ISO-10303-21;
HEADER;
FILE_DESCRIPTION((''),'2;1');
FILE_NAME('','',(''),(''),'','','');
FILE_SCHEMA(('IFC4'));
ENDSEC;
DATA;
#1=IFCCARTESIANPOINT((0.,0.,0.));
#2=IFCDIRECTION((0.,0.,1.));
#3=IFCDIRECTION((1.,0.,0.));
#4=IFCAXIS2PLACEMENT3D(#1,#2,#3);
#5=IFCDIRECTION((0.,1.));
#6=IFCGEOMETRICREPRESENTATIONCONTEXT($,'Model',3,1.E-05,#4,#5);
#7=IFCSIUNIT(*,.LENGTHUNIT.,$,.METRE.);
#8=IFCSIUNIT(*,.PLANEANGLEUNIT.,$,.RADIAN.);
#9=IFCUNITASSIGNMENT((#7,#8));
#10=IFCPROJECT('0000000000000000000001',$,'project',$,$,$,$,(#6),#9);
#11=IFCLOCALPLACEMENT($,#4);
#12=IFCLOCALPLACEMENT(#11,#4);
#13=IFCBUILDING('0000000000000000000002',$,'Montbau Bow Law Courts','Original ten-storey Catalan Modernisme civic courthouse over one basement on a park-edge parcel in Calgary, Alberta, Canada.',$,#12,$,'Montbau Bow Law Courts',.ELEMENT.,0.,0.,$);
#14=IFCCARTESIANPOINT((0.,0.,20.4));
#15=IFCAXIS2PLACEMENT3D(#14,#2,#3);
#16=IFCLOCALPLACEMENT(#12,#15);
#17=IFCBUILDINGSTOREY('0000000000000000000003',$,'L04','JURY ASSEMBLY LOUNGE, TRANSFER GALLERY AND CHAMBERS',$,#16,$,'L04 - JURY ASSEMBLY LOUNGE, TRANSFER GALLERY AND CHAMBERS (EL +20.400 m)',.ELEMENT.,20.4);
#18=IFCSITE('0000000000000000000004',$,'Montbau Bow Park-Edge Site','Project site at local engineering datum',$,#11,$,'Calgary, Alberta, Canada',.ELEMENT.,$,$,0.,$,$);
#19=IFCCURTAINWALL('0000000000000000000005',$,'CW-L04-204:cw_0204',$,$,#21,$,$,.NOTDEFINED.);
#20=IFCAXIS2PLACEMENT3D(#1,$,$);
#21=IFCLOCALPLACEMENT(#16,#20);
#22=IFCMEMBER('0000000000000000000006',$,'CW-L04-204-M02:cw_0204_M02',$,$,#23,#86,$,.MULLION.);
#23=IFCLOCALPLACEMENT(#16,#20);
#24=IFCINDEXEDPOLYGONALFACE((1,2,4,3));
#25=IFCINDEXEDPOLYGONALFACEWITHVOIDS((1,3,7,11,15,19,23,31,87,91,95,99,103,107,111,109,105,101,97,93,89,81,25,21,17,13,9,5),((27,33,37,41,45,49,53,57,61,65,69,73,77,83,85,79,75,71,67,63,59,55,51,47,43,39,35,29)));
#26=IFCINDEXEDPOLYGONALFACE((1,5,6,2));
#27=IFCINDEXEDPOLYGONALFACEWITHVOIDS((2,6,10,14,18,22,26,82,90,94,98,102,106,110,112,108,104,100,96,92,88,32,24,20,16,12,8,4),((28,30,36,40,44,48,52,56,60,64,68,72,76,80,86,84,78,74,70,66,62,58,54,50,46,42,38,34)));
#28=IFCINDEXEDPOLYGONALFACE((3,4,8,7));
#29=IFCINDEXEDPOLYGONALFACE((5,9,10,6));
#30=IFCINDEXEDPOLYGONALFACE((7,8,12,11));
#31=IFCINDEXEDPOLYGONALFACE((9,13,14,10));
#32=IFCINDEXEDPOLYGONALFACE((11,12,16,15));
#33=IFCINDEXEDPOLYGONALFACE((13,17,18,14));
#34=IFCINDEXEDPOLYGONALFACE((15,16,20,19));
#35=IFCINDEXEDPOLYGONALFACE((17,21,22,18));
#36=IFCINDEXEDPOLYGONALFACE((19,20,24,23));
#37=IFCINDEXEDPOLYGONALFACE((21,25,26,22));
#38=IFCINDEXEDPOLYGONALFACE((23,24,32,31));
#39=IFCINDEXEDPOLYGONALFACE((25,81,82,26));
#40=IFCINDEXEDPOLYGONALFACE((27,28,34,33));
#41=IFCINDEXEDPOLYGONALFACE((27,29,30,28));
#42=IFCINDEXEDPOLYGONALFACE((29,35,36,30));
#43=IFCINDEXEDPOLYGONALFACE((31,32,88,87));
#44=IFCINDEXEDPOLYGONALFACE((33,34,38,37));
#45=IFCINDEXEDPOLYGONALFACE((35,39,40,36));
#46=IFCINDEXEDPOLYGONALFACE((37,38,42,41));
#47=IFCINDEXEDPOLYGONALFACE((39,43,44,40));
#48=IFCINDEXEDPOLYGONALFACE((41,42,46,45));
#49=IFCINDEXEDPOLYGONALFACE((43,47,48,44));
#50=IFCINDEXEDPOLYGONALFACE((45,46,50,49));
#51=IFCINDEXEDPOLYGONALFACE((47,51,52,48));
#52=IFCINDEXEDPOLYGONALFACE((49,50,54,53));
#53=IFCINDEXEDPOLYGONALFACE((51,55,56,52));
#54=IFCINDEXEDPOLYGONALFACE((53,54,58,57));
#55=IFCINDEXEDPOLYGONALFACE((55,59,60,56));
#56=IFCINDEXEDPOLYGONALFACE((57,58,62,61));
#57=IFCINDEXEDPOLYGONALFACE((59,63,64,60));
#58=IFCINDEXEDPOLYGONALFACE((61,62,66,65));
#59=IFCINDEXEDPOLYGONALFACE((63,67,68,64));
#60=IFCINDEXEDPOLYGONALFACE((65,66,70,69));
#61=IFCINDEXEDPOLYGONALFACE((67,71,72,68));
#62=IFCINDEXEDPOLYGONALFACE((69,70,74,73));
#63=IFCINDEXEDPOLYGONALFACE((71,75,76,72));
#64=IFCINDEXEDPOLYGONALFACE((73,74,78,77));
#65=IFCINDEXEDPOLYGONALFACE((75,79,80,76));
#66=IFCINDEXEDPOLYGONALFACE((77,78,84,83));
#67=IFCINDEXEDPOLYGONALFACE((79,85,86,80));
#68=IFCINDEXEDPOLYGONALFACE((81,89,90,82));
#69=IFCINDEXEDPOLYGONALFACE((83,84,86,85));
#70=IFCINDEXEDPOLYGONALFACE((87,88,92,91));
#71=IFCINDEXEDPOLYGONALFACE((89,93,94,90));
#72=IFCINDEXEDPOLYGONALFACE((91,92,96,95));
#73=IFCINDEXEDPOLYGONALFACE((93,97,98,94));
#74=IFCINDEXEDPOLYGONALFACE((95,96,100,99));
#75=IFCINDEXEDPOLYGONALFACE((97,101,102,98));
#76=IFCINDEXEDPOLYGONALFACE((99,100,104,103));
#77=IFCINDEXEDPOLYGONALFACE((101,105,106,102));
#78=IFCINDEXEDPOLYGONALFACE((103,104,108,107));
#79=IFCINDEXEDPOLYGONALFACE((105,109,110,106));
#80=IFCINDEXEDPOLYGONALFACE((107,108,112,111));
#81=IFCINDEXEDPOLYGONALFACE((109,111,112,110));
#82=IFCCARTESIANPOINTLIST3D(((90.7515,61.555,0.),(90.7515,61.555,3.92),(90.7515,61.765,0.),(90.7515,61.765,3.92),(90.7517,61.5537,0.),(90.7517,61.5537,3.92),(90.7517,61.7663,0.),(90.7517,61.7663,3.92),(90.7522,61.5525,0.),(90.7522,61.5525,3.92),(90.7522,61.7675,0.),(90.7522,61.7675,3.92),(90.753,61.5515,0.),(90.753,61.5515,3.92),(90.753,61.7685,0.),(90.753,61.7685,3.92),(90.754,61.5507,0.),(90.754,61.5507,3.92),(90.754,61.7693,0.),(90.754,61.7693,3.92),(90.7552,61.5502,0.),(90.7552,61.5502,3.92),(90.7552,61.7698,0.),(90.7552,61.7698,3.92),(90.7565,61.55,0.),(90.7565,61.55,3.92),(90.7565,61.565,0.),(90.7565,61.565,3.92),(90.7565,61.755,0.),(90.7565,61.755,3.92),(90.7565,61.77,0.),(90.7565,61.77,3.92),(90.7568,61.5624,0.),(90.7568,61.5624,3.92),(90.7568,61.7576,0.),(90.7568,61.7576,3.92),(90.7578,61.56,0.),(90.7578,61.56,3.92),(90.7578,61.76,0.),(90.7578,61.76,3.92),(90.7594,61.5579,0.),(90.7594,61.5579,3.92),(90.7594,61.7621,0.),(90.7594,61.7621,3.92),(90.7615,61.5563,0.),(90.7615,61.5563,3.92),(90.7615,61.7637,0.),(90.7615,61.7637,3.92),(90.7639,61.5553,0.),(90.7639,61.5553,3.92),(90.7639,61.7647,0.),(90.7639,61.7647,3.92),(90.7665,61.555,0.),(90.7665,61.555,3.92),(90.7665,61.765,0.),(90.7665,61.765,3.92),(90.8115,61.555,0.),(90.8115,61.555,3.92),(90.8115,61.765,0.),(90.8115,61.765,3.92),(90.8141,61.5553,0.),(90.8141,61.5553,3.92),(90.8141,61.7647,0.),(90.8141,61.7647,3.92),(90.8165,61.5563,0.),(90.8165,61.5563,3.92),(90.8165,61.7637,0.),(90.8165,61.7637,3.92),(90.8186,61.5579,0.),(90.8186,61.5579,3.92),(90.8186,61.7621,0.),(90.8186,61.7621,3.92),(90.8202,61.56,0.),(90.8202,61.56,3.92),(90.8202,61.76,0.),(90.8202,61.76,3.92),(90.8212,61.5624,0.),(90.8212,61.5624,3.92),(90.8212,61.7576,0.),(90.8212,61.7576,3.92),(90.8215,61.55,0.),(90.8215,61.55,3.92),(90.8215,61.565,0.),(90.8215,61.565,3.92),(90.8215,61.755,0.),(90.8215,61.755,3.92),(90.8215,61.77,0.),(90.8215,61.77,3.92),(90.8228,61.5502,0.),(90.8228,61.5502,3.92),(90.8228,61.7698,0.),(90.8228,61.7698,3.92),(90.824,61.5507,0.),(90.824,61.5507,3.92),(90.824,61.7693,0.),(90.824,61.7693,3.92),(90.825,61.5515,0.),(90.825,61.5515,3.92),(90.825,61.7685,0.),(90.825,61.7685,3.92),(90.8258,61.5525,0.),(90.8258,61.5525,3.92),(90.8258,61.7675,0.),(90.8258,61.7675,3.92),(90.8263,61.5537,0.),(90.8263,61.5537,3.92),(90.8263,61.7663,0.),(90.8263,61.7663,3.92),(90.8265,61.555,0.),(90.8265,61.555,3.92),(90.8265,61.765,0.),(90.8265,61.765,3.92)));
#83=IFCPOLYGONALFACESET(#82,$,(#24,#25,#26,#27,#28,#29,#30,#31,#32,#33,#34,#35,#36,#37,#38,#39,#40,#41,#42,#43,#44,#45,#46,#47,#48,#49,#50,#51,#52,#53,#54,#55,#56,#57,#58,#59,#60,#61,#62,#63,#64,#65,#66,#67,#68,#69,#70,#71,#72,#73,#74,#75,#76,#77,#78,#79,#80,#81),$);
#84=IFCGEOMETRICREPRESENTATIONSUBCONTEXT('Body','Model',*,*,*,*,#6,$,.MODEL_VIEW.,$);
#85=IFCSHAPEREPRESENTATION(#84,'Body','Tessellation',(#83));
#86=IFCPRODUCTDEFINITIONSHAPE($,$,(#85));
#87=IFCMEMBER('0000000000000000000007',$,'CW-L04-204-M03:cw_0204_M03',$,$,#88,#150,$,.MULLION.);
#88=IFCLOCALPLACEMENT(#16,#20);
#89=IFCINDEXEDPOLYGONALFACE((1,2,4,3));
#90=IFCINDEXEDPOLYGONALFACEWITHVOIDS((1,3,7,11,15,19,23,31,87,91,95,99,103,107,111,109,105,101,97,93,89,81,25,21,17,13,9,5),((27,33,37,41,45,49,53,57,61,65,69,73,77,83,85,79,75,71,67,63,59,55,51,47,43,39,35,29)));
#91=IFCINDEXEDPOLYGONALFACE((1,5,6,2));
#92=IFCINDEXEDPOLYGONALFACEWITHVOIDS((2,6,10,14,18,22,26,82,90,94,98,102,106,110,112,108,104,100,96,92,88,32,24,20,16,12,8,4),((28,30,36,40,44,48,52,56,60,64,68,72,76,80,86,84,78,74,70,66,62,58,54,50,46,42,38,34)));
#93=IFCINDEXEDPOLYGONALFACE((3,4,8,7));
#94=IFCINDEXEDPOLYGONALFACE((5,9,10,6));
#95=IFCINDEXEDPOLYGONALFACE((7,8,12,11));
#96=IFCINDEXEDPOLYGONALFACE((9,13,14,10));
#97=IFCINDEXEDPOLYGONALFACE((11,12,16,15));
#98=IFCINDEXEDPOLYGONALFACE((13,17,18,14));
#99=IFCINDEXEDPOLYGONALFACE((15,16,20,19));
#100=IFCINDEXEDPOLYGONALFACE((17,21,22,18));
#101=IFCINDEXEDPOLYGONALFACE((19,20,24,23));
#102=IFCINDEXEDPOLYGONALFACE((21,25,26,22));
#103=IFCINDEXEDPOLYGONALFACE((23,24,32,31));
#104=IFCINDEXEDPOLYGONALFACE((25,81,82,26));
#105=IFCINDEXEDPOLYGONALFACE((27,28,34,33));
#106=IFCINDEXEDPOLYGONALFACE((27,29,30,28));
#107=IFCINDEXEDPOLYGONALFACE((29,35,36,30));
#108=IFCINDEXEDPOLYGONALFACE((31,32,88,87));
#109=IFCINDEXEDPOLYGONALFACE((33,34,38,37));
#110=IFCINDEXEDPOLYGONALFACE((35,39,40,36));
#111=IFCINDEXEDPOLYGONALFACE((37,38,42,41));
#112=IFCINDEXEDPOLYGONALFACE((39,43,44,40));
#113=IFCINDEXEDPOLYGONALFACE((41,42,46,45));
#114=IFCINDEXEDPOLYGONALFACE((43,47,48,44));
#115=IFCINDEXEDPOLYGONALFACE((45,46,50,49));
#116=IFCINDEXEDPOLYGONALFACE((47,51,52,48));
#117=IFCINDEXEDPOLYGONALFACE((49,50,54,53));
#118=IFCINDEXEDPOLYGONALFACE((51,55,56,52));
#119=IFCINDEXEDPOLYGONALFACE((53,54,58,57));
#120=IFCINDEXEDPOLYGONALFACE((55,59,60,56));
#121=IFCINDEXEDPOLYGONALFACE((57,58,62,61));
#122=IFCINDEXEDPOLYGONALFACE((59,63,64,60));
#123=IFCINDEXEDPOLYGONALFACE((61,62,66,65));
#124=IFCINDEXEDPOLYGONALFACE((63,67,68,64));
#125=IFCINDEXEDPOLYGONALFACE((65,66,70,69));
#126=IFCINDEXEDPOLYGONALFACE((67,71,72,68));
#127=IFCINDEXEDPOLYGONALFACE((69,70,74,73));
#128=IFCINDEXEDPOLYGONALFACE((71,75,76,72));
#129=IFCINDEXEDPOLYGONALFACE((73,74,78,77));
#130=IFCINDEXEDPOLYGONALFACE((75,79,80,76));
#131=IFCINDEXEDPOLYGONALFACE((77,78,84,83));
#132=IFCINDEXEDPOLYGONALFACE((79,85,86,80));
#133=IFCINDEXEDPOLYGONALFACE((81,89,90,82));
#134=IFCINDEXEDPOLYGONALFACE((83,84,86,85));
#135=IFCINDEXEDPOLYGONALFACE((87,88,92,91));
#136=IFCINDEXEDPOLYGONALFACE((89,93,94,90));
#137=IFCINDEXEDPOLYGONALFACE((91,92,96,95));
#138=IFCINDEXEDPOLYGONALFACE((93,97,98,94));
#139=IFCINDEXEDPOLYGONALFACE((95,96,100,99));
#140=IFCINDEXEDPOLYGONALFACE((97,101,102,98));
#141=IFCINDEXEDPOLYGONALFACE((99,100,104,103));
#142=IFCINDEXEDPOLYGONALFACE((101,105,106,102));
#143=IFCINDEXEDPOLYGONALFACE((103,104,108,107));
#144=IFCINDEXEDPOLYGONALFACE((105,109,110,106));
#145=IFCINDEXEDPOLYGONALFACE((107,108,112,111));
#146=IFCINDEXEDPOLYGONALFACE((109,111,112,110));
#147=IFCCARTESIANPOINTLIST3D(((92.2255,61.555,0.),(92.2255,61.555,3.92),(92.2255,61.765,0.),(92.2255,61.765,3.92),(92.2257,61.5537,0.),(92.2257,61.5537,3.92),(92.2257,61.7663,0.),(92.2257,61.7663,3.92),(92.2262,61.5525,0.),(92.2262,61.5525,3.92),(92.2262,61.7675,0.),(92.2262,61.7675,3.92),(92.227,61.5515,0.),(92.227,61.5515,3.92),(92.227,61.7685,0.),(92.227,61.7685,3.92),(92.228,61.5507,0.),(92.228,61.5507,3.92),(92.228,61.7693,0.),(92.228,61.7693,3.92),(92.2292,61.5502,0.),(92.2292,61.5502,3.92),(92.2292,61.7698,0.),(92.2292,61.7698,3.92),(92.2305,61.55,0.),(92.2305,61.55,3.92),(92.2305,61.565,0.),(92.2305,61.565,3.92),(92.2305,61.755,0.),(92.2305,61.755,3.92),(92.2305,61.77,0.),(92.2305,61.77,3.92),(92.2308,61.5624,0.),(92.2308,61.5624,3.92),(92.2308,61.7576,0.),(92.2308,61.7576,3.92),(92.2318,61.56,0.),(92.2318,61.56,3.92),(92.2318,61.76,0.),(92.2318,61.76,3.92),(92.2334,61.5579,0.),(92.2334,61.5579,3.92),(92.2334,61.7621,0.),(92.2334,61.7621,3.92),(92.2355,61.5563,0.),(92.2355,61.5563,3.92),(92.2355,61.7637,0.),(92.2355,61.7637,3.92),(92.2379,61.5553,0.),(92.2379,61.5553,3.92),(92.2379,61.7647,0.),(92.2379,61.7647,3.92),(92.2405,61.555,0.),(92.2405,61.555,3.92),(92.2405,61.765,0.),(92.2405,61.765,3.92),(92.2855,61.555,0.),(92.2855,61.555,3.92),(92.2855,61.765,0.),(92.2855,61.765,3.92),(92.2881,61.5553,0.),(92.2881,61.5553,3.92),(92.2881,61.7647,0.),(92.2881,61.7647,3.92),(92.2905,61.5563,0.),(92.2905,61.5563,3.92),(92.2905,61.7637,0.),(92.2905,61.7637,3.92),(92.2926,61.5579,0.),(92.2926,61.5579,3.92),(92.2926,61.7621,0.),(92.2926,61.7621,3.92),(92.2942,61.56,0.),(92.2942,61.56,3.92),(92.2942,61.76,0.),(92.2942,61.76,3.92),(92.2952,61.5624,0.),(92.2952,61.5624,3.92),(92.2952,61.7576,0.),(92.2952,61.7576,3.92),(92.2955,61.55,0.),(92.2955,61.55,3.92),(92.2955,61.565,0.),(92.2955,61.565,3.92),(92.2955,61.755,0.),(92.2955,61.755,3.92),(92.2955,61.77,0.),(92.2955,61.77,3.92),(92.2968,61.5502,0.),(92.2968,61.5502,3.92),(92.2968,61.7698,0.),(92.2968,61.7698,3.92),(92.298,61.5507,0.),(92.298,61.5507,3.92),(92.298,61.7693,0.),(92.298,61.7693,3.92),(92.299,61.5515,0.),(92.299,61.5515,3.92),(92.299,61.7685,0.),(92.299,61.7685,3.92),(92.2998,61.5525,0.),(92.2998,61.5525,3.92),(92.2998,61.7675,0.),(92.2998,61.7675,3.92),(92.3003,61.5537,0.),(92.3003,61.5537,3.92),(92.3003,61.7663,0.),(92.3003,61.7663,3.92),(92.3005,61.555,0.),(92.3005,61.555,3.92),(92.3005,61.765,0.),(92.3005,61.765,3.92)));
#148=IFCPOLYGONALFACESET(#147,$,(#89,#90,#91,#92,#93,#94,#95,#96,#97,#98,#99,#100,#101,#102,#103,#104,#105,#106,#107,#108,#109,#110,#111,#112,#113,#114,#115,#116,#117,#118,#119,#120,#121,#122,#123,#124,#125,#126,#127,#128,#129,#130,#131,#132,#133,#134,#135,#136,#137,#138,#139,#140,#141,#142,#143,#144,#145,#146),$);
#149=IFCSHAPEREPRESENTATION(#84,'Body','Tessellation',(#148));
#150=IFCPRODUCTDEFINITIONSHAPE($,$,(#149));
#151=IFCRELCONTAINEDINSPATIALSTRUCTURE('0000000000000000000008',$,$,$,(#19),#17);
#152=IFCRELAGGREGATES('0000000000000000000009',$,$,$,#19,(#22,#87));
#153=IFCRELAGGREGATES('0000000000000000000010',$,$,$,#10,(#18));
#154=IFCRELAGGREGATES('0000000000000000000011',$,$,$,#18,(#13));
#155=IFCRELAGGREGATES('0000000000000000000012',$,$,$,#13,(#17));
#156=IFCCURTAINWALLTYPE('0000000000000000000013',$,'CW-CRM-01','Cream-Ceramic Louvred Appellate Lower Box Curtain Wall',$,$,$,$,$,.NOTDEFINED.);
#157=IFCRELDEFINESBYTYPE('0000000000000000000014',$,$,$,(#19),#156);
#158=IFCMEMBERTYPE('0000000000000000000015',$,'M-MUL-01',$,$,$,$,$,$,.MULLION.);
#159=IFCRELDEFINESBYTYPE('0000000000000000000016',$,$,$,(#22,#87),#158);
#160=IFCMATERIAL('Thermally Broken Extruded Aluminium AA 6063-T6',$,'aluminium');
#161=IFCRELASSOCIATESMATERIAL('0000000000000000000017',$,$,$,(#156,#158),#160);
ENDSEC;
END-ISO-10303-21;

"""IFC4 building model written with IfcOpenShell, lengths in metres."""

from ifc_helpers import new_model, si_unit, direction, frame, origin_with_axes, origin_2d_with_axis, place, context, subcontext, project, spatial, hollow_rectangle, extrude, material, material_profile, profile_set, type_object, element, aggregate, save


model = new_model("IFC4")

# Units and contexts
model_context = context("Model", 3, precision=1e-05, world=origin_with_axes(), true_north=direction((0.0, 1.0)))
body_context = subcontext(model_context, "Body", "Model", "MODEL_VIEW")
ifc_project = project(units=[si_unit("LENGTHUNIT", "METRE"), si_unit("PLANEANGLEUNIT", "RADIAN")], contexts=[model_context])

# Site, building, storey
site_placement = place(None, origin_with_axes())
site = spatial("IfcSite", under=ifc_project, at=site_placement, Name="Montbau Bow Park-Edge Site", Description="Project site at local engineering datum", LongName="Calgary, Alberta, Canada", CompositionType="ELEMENT", RefElevation=0.0)
building_placement = place(site_placement, origin_with_axes())
building = spatial("IfcBuilding", under=site, at=building_placement, Name="Montbau Bow Law Courts", Description="Original ten-storey Catalan Modernisme civic courthouse over one basement on a park-edge parcel in Calgary, Alberta, Canada.", LongName="Montbau Bow Law Courts", CompositionType="ELEMENT", ElevationOfRefHeight=0.0, ElevationOfTerrain=0.0)
storey_placement = place(building_placement, frame((0.0, 0.0, 20.4), z_axis=(0.0, 0.0, 1.0), x_axis=(1.0, 0.0, 0.0)))
storey = spatial("IfcBuildingStorey", under=building, at=storey_placement, Name="L04", Description="JURY ASSEMBLY LOUNGE, TRANSFER GALLERY AND CHAMBERS", LongName="L04 - JURY ASSEMBLY LOUNGE, TRANSFER GALLERY AND CHAMBERS (EL +20.400 m)", CompositionType="ELEMENT", Elevation=20.4)

# Curtain wall, members
ifc_material_1 = material(Name="Thermally Broken Extruded Aluminium AA 6063-T6", Category="aluminium")
curtain_wall_type = type_object("IfcCurtainWallType", Name="CW-CRM-01", Description="Cream-Ceramic Louvred Appellate Lower Box Curtain Wall", PredefinedType="NOTDEFINED", material=ifc_material_1)
curtain_wall_placement = place(None, frame((89.315, 61.66, 20.4), z_axis=(0.0, 0.0, 1.0), x_axis=(1.0, 0.0, 0.0)))
curtain_wall = element("IfcCurtainWall", 1, at=curtain_wall_placement, inside=storey, type_object=curtain_wall_type, Name="CW-L04-204:cw_0204", PredefinedType="NOTDEFINED")
ifc_material_profile_1 = material_profile(ifc_material_1, hollow_rectangle(XDim=0.075, YDim=0.22, WallThickness=0.005, InnerFilletRadius=0.01, OuterFilletRadius=0.005, at=origin_2d_with_axis()), Name="CWM-220X75", Category="Main", Priority=0)
ifc_profile_set_1 = profile_set([ifc_material_profile_1], Name="Thermally Broken Extruded Aluminium AA 6063-T6")
member_type_1 = type_object("IfcMemberType", Name="M-MUL-01", PredefinedType="MULLION", material=ifc_profile_set_1)
member_1_placement = place(None, frame((90.789, 61.66, 20.4), z_axis=(0.0, 0.0, 1.0), x_axis=(1.0, 0.0, 0.0)))
member_1 = element("IfcMember", 2, at=member_1_placement, type_object=member_type_1, Name="CW-L04-204-M02:cw_0204_M02", PredefinedType="MULLION", context=body_context, shape_type="SweptSolid", body=[
    extrude(hollow_rectangle(XDim=0.075, YDim=0.22, WallThickness=0.005, InnerFilletRadius=0.01, OuterFilletRadius=0.005, at=origin_2d_with_axis()), origin_with_axes(), (0.0, 0.0, 1.0), 3.92),
])
member_2_placement = place(None, frame((92.263, 61.66, 20.4), z_axis=(0.0, 0.0, 1.0), x_axis=(1.0, 0.0, 0.0)))
member_2 = element("IfcMember", 3, at=member_2_placement, type_object=member_type_1, Name="CW-L04-204-M03:cw_0204_M03", PredefinedType="MULLION", context=body_context, shape_type="SweptSolid", body=[
    extrude(hollow_rectangle(XDim=0.075, YDim=0.22, WallThickness=0.005, InnerFilletRadius=0.01, OuterFilletRadius=0.005, at=origin_2d_with_axis()), origin_with_axes(), (0.0, 0.0, 1.0), 3.92),
])
aggregate(curtain_wall, [member_1, member_2])

save(model, "model.ifc")
